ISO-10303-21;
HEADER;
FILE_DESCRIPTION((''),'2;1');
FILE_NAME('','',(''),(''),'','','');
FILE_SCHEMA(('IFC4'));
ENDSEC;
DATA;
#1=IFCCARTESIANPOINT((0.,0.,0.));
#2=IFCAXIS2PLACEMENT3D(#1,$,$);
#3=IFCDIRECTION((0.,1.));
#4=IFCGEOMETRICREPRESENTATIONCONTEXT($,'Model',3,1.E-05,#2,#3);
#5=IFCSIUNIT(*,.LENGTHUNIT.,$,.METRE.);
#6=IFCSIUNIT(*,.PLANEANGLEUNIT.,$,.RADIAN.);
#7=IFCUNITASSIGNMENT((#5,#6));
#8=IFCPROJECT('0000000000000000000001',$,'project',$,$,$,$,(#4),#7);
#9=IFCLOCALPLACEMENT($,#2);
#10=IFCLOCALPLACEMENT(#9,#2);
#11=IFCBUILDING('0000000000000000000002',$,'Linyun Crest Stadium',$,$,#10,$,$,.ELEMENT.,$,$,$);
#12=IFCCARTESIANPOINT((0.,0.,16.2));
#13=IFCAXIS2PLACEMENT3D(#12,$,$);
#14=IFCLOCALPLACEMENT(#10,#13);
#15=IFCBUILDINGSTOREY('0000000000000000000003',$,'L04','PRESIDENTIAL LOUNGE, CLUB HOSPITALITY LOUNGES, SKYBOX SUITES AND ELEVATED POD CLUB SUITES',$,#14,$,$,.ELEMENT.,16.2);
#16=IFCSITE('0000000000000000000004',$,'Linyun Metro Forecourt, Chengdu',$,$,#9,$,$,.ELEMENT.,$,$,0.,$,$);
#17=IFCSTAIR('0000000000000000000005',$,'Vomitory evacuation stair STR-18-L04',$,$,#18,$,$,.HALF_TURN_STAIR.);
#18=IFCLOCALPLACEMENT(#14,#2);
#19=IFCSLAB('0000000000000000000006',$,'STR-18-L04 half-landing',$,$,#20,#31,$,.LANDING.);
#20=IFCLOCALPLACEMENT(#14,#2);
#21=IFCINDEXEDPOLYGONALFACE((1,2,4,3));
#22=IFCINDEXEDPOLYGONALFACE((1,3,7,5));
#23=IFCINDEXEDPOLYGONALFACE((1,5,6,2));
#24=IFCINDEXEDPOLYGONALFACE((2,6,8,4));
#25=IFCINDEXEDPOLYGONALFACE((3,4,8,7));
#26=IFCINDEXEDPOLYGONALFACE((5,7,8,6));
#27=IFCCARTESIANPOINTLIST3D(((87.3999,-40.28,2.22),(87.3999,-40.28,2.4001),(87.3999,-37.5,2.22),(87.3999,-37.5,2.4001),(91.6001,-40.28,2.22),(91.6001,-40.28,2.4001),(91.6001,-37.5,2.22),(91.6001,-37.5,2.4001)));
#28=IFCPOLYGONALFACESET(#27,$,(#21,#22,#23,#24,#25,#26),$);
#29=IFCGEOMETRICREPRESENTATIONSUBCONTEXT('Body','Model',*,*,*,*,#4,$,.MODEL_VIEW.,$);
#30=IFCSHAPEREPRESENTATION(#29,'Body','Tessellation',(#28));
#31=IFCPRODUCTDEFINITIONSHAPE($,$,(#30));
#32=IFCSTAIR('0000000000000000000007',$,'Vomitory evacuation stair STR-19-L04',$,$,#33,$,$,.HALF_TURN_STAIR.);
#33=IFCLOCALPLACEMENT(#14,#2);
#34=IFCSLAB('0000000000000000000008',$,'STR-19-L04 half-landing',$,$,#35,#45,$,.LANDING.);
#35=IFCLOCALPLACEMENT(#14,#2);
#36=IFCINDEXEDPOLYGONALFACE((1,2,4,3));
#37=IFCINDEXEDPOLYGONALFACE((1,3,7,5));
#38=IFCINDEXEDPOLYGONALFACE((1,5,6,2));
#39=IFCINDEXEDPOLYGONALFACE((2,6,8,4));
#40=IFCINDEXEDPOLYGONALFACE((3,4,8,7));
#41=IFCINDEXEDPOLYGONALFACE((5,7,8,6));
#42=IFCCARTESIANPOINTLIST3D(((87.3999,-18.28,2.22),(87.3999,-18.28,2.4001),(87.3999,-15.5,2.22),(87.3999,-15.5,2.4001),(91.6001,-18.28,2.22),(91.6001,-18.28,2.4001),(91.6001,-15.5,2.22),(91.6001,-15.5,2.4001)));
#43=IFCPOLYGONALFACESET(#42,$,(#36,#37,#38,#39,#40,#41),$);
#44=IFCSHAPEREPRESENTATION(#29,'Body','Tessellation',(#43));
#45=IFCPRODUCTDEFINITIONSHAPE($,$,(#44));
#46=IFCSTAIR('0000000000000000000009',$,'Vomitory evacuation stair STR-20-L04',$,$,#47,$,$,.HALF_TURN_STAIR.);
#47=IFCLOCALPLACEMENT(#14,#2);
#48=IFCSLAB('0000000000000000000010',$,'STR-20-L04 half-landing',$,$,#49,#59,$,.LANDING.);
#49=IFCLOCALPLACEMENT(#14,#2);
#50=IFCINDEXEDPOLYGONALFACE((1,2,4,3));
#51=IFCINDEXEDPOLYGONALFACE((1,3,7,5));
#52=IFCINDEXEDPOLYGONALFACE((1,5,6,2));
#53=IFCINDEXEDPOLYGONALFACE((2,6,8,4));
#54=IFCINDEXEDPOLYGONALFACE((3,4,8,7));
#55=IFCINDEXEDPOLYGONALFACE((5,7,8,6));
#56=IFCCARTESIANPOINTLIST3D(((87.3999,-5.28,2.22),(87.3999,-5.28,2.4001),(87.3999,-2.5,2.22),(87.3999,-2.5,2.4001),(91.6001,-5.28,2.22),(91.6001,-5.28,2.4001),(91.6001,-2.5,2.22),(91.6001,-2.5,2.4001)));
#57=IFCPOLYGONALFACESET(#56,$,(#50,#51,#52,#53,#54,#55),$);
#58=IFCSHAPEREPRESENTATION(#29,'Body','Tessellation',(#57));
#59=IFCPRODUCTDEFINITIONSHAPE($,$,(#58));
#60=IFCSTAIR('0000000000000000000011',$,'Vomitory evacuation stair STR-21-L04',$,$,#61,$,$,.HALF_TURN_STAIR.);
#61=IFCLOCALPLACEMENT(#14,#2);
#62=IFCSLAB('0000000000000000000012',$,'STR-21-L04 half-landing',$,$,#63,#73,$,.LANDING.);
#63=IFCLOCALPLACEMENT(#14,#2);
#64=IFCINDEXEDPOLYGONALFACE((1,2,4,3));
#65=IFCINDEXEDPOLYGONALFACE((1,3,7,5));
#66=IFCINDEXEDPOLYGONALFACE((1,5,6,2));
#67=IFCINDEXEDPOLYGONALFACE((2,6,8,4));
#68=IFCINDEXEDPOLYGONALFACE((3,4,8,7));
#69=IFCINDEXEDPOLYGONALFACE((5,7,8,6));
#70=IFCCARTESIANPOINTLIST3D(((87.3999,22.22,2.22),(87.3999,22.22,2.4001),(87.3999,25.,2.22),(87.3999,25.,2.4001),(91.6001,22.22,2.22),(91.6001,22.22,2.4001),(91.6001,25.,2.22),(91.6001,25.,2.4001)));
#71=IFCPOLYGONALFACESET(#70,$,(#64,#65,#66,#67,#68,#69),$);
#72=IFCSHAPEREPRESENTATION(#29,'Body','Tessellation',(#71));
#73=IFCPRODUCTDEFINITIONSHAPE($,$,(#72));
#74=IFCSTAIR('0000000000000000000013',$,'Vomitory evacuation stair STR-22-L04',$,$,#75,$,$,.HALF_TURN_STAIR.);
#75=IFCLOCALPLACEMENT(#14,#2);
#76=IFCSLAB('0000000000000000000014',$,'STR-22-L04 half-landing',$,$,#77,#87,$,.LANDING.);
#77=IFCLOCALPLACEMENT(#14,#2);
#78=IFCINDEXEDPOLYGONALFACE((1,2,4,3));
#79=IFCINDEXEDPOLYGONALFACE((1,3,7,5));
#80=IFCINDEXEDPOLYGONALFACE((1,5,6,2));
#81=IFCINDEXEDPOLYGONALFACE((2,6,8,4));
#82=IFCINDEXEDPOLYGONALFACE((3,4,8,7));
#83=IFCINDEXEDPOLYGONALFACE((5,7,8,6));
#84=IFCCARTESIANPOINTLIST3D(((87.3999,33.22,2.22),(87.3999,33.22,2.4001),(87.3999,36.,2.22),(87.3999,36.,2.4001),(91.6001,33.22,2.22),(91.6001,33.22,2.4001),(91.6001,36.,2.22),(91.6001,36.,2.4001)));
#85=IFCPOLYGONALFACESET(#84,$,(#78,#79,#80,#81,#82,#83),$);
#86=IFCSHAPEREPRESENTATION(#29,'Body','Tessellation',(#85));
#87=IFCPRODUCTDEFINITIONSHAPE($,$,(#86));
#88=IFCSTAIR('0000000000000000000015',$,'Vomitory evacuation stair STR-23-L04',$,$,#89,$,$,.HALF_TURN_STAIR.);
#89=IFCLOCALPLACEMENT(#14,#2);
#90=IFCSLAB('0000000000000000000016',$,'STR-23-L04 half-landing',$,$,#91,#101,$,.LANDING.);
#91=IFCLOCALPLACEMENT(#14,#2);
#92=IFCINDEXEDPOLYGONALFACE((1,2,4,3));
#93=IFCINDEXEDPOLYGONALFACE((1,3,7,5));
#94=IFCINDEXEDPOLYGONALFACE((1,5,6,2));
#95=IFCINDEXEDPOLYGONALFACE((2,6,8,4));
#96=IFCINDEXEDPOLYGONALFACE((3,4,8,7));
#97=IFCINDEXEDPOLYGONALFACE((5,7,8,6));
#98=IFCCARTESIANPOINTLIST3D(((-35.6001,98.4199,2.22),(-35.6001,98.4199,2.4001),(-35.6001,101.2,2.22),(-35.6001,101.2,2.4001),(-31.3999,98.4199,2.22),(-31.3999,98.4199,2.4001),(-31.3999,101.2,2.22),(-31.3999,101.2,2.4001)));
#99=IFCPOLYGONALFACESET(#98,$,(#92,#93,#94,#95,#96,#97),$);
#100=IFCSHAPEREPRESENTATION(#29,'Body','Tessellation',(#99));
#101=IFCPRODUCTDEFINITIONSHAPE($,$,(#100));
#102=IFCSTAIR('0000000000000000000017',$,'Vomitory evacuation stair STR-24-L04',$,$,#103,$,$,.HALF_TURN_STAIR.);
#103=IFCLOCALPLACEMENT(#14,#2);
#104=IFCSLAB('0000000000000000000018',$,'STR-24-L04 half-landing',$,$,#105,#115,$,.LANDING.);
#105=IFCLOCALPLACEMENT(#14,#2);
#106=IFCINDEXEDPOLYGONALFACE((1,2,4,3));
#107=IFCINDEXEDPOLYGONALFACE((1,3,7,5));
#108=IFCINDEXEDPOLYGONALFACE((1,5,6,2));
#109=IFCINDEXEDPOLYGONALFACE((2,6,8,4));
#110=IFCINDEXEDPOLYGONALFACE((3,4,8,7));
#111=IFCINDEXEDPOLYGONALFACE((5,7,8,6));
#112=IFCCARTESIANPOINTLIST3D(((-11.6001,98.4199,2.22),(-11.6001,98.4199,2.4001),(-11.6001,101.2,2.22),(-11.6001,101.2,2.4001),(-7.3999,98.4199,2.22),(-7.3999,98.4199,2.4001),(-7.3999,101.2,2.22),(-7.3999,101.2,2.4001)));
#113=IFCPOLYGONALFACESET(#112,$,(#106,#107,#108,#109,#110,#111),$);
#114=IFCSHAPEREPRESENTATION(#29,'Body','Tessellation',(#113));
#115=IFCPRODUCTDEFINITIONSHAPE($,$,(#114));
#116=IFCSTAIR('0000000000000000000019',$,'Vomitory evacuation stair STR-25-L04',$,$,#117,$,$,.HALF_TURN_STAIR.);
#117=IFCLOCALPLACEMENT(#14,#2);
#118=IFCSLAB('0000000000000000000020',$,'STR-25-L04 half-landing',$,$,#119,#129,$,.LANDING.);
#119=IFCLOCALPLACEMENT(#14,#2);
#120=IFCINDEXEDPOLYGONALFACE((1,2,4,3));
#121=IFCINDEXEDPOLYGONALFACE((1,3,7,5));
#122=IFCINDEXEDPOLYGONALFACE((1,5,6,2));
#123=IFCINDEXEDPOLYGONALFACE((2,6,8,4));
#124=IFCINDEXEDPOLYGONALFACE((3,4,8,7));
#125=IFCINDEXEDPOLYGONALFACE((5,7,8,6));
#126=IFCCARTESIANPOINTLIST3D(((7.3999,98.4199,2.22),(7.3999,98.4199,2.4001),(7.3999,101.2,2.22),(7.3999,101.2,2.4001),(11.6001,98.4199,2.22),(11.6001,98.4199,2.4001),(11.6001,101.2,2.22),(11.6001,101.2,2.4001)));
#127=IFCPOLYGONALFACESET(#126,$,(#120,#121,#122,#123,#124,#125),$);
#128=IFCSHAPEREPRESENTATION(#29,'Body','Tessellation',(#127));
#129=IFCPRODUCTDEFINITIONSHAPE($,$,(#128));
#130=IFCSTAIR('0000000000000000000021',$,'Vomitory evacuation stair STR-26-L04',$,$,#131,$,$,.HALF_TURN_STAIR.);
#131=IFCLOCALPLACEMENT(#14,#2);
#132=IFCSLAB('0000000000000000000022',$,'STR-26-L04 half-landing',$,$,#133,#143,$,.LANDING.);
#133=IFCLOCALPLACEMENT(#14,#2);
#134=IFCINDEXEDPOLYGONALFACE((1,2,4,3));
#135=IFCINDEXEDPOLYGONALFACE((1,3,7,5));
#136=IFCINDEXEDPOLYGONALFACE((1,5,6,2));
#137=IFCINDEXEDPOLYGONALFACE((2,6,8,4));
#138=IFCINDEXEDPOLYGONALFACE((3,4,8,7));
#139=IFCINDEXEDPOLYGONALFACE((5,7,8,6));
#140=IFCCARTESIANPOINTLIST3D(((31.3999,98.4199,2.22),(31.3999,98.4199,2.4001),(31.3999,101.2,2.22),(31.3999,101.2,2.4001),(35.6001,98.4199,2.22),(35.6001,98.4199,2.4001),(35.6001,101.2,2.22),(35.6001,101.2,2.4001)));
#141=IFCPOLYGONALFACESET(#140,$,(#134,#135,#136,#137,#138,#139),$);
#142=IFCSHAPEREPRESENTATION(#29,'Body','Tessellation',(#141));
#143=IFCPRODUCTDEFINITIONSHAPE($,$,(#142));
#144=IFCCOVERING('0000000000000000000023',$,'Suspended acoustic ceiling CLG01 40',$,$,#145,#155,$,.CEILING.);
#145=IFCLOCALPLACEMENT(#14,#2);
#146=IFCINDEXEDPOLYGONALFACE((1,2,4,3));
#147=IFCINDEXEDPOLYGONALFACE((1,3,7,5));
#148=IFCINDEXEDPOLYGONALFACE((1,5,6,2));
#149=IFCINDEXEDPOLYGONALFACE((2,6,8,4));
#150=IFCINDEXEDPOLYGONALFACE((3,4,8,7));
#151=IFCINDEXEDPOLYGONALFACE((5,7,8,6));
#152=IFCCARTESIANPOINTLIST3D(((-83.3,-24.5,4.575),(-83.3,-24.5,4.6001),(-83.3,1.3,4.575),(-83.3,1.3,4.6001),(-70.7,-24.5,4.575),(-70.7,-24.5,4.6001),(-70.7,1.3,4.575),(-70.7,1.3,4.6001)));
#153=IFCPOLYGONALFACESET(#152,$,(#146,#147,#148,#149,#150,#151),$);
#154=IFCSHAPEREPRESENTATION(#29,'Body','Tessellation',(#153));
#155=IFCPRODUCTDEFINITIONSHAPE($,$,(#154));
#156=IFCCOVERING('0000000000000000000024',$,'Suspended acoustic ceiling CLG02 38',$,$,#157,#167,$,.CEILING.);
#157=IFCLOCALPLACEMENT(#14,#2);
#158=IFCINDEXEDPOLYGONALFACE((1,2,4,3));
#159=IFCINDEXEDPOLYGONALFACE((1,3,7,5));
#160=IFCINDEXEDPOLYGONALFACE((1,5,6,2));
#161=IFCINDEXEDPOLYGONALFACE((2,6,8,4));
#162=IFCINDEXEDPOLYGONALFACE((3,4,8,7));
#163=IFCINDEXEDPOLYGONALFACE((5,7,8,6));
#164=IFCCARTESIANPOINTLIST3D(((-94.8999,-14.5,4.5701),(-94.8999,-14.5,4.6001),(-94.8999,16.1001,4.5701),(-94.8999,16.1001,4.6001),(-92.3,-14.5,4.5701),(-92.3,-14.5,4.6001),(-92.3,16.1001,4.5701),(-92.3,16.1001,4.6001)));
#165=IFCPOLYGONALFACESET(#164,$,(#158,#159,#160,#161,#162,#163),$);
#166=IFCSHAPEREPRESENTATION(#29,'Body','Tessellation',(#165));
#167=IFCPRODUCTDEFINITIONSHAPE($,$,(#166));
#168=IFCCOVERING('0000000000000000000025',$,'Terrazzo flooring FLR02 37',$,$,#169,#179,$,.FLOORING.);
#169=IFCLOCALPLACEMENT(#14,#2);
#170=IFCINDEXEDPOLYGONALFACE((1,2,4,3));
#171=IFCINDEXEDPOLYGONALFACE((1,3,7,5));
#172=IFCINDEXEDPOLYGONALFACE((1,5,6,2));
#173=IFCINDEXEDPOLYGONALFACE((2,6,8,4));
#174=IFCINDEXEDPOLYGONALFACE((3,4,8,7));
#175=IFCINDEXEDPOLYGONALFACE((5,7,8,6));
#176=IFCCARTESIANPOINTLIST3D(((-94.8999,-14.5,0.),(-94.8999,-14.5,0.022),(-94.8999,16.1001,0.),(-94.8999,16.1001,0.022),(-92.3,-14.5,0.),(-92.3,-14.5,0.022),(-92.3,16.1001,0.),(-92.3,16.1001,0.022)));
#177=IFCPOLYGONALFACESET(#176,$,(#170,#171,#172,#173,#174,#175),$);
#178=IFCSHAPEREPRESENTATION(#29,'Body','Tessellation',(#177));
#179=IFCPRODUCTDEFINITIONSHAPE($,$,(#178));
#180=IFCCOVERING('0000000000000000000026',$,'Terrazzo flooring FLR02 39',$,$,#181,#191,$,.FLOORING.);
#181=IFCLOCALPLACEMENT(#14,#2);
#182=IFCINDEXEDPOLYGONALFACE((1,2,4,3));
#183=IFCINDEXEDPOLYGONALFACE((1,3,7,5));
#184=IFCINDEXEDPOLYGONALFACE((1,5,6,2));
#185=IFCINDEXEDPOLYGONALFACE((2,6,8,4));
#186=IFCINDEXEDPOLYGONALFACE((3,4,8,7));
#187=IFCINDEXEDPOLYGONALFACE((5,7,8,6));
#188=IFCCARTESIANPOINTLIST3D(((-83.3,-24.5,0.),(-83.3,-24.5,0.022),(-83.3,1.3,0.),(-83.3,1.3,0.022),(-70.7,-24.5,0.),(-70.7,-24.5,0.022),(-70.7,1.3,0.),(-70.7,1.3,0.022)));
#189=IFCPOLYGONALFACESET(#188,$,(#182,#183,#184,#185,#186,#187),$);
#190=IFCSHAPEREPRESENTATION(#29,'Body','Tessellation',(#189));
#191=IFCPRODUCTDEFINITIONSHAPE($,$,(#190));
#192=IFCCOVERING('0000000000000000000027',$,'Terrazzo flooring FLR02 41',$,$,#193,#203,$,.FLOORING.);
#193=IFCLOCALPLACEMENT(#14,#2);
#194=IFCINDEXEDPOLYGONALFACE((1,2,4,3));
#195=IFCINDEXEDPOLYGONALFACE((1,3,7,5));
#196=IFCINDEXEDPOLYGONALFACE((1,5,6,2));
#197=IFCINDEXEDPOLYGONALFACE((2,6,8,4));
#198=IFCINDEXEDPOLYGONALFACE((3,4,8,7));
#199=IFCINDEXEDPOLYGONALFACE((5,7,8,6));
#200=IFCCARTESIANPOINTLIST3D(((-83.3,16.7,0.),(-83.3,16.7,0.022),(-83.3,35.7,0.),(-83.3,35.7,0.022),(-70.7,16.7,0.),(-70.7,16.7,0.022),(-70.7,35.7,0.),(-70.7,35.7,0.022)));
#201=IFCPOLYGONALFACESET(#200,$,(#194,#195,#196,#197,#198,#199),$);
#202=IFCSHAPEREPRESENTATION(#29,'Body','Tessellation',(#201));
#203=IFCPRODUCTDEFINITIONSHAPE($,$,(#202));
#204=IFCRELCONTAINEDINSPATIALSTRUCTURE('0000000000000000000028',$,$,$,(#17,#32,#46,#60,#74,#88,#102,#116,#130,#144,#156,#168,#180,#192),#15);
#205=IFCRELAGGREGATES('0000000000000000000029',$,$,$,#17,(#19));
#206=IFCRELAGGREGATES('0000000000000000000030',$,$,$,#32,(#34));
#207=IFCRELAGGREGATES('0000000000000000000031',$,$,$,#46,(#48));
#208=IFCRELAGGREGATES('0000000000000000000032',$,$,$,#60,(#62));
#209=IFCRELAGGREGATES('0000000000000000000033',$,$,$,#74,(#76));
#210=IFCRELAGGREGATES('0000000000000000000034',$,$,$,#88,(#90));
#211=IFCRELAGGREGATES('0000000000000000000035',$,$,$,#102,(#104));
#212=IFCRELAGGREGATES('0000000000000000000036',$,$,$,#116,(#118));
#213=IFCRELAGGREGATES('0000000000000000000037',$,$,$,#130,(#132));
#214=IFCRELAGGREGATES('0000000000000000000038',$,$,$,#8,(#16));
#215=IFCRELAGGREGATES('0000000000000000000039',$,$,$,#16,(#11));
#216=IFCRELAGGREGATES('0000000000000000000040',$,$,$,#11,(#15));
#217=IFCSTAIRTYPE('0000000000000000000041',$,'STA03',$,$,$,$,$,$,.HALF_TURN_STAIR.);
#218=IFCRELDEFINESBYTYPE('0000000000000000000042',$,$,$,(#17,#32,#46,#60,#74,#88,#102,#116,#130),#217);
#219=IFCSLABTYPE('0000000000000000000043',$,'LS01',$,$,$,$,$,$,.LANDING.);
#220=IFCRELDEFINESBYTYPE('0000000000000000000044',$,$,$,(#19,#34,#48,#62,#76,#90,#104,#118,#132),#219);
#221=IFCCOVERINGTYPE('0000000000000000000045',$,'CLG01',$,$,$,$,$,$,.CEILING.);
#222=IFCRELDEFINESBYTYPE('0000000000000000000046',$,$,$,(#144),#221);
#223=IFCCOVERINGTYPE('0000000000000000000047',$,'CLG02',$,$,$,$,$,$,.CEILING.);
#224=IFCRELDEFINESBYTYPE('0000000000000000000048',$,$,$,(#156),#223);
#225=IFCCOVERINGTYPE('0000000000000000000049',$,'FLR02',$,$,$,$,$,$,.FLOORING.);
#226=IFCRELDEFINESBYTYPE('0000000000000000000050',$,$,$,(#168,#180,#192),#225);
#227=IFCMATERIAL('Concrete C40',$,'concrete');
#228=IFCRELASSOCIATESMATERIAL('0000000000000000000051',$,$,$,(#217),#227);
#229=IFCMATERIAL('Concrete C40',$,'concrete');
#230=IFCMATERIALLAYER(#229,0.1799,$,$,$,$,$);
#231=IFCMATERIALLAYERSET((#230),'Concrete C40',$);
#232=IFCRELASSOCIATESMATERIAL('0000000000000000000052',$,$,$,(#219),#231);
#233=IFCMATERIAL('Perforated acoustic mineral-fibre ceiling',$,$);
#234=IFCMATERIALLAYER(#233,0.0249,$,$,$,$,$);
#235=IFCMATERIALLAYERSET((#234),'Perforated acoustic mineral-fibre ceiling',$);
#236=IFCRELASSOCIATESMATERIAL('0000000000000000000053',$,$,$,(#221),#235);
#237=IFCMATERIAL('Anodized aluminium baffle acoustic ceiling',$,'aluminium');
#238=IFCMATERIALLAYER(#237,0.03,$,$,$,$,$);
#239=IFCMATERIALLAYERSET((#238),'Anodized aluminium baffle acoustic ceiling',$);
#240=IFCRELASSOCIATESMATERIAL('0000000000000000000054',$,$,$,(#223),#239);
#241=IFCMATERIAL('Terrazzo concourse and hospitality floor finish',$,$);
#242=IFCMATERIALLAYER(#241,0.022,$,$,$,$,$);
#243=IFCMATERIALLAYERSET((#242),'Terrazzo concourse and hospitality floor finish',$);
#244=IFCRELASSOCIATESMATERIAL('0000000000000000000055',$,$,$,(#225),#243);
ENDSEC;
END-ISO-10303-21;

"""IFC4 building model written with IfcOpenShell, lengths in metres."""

from ifc_helpers import new_model, si_unit, direction, frame, origin, place, context, subcontext, project, spatial, polyline, outline, extrude, material, layer, layer_set, type_object, element, aggregate, save


model = new_model("IFC4")

# Units and contexts
model_context = context("Model", 3, precision=1e-05, world=origin(), true_north=direction((0.0, 1.0)))
body_context = subcontext(model_context, "Body", "Model", "MODEL_VIEW")
ifc_project = project(units=[si_unit("LENGTHUNIT", "METRE"), si_unit("PLANEANGLEUNIT", "RADIAN")], contexts=[model_context])

# Site, building, storey
site_placement = place(None, origin())
site = spatial("IfcSite", under=ifc_project, at=site_placement, Name="Linyun Metro Forecourt, Chengdu", CompositionType="ELEMENT", RefElevation=0.0)
building_placement = place(site_placement, origin())
building = spatial("IfcBuilding", under=site, at=building_placement, Name="Linyun Crest Stadium", CompositionType="ELEMENT")
storey_placement = place(building_placement, frame((0.0, 0.0, 16.2)))
storey = spatial("IfcBuildingStorey", under=building, at=storey_placement, Name="L04", Description="PRESIDENTIAL LOUNGE, CLUB HOSPITALITY LOUNGES, SKYBOX SUITES AND ELEVATED POD CLUB SUITES", CompositionType="ELEMENT", Elevation=16.2)

# Stairs, slabs
ifc_material_1 = material(Name="Concrete C40", Category="concrete")
stair_type = type_object("IfcStairType", Name="STA03", PredefinedType="HALF_TURN_STAIR", material=ifc_material_1)
ifc_material_2 = material(Name="Concrete C40", Category="concrete")
ifc_layer_1 = layer(ifc_material_2, 0.1799)
ifc_layer_set_1 = layer_set([ifc_layer_1], Name="Concrete C40")
slab_type = type_object("IfcSlabType", Name="LS01", PredefinedType="LANDING", material=ifc_layer_set_1)
stair_1_placement = place(storey_placement, origin())
stair_1 = element("IfcStair", 1, at=stair_1_placement, inside=storey, type_object=stair_type, Name="Vomitory evacuation stair STR-18-L04", PredefinedType="HALF_TURN_STAIR")
slab_1_placement = place(storey_placement, frame((0.0, 0.0, 2.22)))
slab_1 = element("IfcSlab", 2, at=slab_1_placement, type_object=slab_type, Name="STR-18-L04 half-landing", PredefinedType="LANDING", context=body_context, shape_type="SweptSolid", body=[
    extrude(outline(polyline([(87.3999, -40.28), (91.6001, -40.28), (91.6001, -37.5), (87.3999, -37.5), (87.3999, -40.28)])), origin(), (0.0, 0.0, 1.0), 0.1802),
])
aggregate(stair_1, [slab_1])
stair_2_placement = place(storey_placement, origin())
stair_2 = element("IfcStair", 3, at=stair_2_placement, inside=storey, type_object=stair_type, Name="Vomitory evacuation stair STR-19-L04", PredefinedType="HALF_TURN_STAIR")
slab_2_placement = place(storey_placement, frame((0.0, 0.0, 2.22)))
slab_2 = element("IfcSlab", 4, at=slab_2_placement, type_object=slab_type, Name="STR-19-L04 half-landing", PredefinedType="LANDING", context=body_context, shape_type="SweptSolid", body=[
    extrude(outline(polyline([(87.3999, -18.28), (91.6001, -18.28), (91.6001, -15.5), (87.3999, -15.5), (87.3999, -18.28)])), origin(), (0.0, 0.0, 1.0), 0.1802),
])
aggregate(stair_2, [slab_2])
stair_3_placement = place(storey_placement, origin())
stair_3 = element("IfcStair", 5, at=stair_3_placement, inside=storey, type_object=stair_type, Name="Vomitory evacuation stair STR-20-L04", PredefinedType="HALF_TURN_STAIR")
slab_3_placement = place(storey_placement, frame((0.0, 0.0, 2.22)))
slab_3 = element("IfcSlab", 6, at=slab_3_placement, type_object=slab_type, Name="STR-20-L04 half-landing", PredefinedType="LANDING", context=body_context, shape_type="SweptSolid", body=[
    extrude(outline(polyline([(87.3999, -5.28), (91.6001, -5.28), (91.6001, -2.5), (87.3999, -2.5), (87.3999, -5.28)])), origin(), (0.0, 0.0, 1.0), 0.1802),
])
aggregate(stair_3, [slab_3])
stair_4_placement = place(storey_placement, origin())
stair_4 = element("IfcStair", 7, at=stair_4_placement, inside=storey, type_object=stair_type, Name="Vomitory evacuation stair STR-21-L04", PredefinedType="HALF_TURN_STAIR")
slab_4_placement = place(storey_placement, frame((0.0, 0.0, 2.22)))
slab_4 = element("IfcSlab", 8, at=slab_4_placement, type_object=slab_type, Name="STR-21-L04 half-landing", PredefinedType="LANDING", context=body_context, shape_type="SweptSolid", body=[
    extrude(outline(polyline([(87.3999, 22.22), (91.6001, 22.22), (91.6001, 25.0), (87.3999, 25.0), (87.3999, 22.22)])), origin(), (0.0, 0.0, 1.0), 0.1802),
])
aggregate(stair_4, [slab_4])
stair_5_placement = place(storey_placement, origin())
stair_5 = element("IfcStair", 9, at=stair_5_placement, inside=storey, type_object=stair_type, Name="Vomitory evacuation stair STR-22-L04", PredefinedType="HALF_TURN_STAIR")
slab_5_placement = place(storey_placement, frame((0.0, 0.0, 2.22)))
slab_5 = element("IfcSlab", 10, at=slab_5_placement, type_object=slab_type, Name="STR-22-L04 half-landing", PredefinedType="LANDING", context=body_context, shape_type="SweptSolid", body=[
    extrude(outline(polyline([(87.3999, 33.22), (91.6001, 33.22), (91.6001, 36.0), (87.3999, 36.0), (87.3999, 33.22)])), origin(), (0.0, 0.0, 1.0), 0.1802),
])
aggregate(stair_5, [slab_5])
stair_6_placement = place(storey_placement, origin())
stair_6 = element("IfcStair", 11, at=stair_6_placement, inside=storey, type_object=stair_type, Name="Vomitory evacuation stair STR-23-L04", PredefinedType="HALF_TURN_STAIR")
slab_6_placement = place(storey_placement, frame((0.0, 0.0, 2.22)))
slab_6 = element("IfcSlab", 12, at=slab_6_placement, type_object=slab_type, Name="STR-23-L04 half-landing", PredefinedType="LANDING", context=body_context, shape_type="SweptSolid", body=[
    extrude(outline(polyline([(-35.6001, 98.4199), (-31.3999, 98.4199), (-31.3999, 101.2), (-35.6001, 101.2), (-35.6001, 98.4199)])), origin(), (0.0, 0.0, 1.0), 0.1802),
])
aggregate(stair_6, [slab_6])
stair_7_placement = place(storey_placement, origin())
stair_7 = element("IfcStair", 13, at=stair_7_placement, inside=storey, type_object=stair_type, Name="Vomitory evacuation stair STR-24-L04", PredefinedType="HALF_TURN_STAIR")
slab_7_placement = place(storey_placement, frame((0.0, 0.0, 2.22)))
slab_7 = element("IfcSlab", 14, at=slab_7_placement, type_object=slab_type, Name="STR-24-L04 half-landing", PredefinedType="LANDING", context=body_context, shape_type="SweptSolid", body=[
    extrude(outline(polyline([(-11.6001, 98.4199), (-7.3999, 98.4199), (-7.3999, 101.2), (-11.6001, 101.2), (-11.6001, 98.4199)])), origin(), (0.0, 0.0, 1.0), 0.1802),
])
aggregate(stair_7, [slab_7])
stair_8_placement = place(storey_placement, origin())
stair_8 = element("IfcStair", 15, at=stair_8_placement, inside=storey, type_object=stair_type, Name="Vomitory evacuation stair STR-25-L04", PredefinedType="HALF_TURN_STAIR")
slab_8_placement = place(storey_placement, frame((0.0, 0.0, 2.22)))
slab_8 = element("IfcSlab", 16, at=slab_8_placement, type_object=slab_type, Name="STR-25-L04 half-landing", PredefinedType="LANDING", context=body_context, shape_type="SweptSolid", body=[
    extrude(outline(polyline([(7.3999, 98.4199), (11.6001, 98.4199), (11.6001, 101.2), (7.3999, 101.2), (7.3999, 98.4199)])), origin(), (0.0, 0.0, 1.0), 0.1802),
])
aggregate(stair_8, [slab_8])
stair_9_placement = place(storey_placement, origin())
stair_9 = element("IfcStair", 17, at=stair_9_placement, inside=storey, type_object=stair_type, Name="Vomitory evacuation stair STR-26-L04", PredefinedType="HALF_TURN_STAIR")
slab_9_placement = place(storey_placement, frame((0.0, 0.0, 2.22)))
slab_9 = element("IfcSlab", 18, at=slab_9_placement, type_object=slab_type, Name="STR-26-L04 half-landing", PredefinedType="LANDING", context=body_context, shape_type="SweptSolid", body=[
    extrude(outline(polyline([(31.3999, 98.4199), (35.6001, 98.4199), (35.6001, 101.2), (31.3999, 101.2), (31.3999, 98.4199)])), origin(), (0.0, 0.0, 1.0), 0.1802),
])
aggregate(stair_9, [slab_9])

# Coverings
ifc_material_3 = material(Name="Perforated acoustic mineral-fibre ceiling")
ifc_layer_2 = layer(ifc_material_3, 0.0249)
ifc_layer_set_2 = layer_set([ifc_layer_2], Name="Perforated acoustic mineral-fibre ceiling")
covering_type_1 = type_object("IfcCoveringType", Name="CLG01", PredefinedType="CEILING", material=ifc_layer_set_2)
covering_1_placement = place(storey_placement, frame((0.0, 0.0, 4.575)))
element("IfcCovering", 19, at=covering_1_placement, inside=storey, type_object=covering_type_1, Name="Suspended acoustic ceiling CLG01 40", PredefinedType="CEILING", context=body_context, shape_type="SweptSolid", body=[
    extrude(outline(polyline([(-83.3, -24.5), (-70.7, -24.5), (-70.7, 1.3), (-83.3, 1.3), (-83.3, -24.5)])), origin(), (0.0, 0.0, 1.0), 0.0251),
])
ifc_material_4 = material(Name="Anodized aluminium baffle acoustic ceiling", Category="aluminium")
ifc_layer_3 = layer(ifc_material_4, 0.03)
ifc_layer_set_3 = layer_set([ifc_layer_3], Name="Anodized aluminium baffle acoustic ceiling")
covering_type_2 = type_object("IfcCoveringType", Name="CLG02", PredefinedType="CEILING", material=ifc_layer_set_3)
covering_2_placement = place(storey_placement, frame((0.0, 0.0, 4.5701)))
element("IfcCovering", 20, at=covering_2_placement, inside=storey, type_object=covering_type_2, Name="Suspended acoustic ceiling CLG02 38", PredefinedType="CEILING", context=body_context, shape_type="SweptSolid", body=[
    extrude(outline(polyline([(-94.8999, -14.5), (-92.3, -14.5), (-92.3, 16.1001), (-94.8999, 16.1001), (-94.8999, -14.5)])), origin(), (0.0, 0.0, 1.0), 0.03),
])
ifc_material_5 = material(Name="Terrazzo concourse and hospitality floor finish")
ifc_layer_4 = layer(ifc_material_5, 0.022)
ifc_layer_set_4 = layer_set([ifc_layer_4], Name="Terrazzo concourse and hospitality floor finish")
covering_type_3 = type_object("IfcCoveringType", Name="FLR02", PredefinedType="FLOORING", material=ifc_layer_set_4)
covering_3_placement = place(storey_placement, origin())
element("IfcCovering", 21, at=covering_3_placement, inside=storey, type_object=covering_type_3, Name="Terrazzo flooring FLR02 37", PredefinedType="FLOORING", context=body_context, shape_type="SweptSolid", body=[
    extrude(outline(polyline([(-94.8999, -14.5), (-92.3, -14.5), (-92.3, 16.1001), (-94.8999, 16.1001), (-94.8999, -14.5)])), origin(), (0.0, 0.0, 1.0), 0.022),
])
covering_4_placement = place(storey_placement, origin())
element("IfcCovering", 22, at=covering_4_placement, inside=storey, type_object=covering_type_3, Name="Terrazzo flooring FLR02 39", PredefinedType="FLOORING", context=body_context, shape_type="SweptSolid", body=[
    extrude(outline(polyline([(-83.3, -24.5), (-70.7, -24.5), (-70.7, 1.3), (-83.3, 1.3), (-83.3, -24.5)])), origin(), (0.0, 0.0, 1.0), 0.022),
])
covering_5_placement = place(storey_placement, origin())
element("IfcCovering", 23, at=covering_5_placement, inside=storey, type_object=covering_type_3, Name="Terrazzo flooring FLR02 41", PredefinedType="FLOORING", context=body_context, shape_type="SweptSolid", body=[
    extrude(outline(polyline([(-83.3, 16.7), (-70.7, 16.7), (-70.7, 35.7), (-83.3, 35.7), (-83.3, 16.7)])), origin(), (0.0, 0.0, 1.0), 0.022),
])

save(model, "model.ifc")
